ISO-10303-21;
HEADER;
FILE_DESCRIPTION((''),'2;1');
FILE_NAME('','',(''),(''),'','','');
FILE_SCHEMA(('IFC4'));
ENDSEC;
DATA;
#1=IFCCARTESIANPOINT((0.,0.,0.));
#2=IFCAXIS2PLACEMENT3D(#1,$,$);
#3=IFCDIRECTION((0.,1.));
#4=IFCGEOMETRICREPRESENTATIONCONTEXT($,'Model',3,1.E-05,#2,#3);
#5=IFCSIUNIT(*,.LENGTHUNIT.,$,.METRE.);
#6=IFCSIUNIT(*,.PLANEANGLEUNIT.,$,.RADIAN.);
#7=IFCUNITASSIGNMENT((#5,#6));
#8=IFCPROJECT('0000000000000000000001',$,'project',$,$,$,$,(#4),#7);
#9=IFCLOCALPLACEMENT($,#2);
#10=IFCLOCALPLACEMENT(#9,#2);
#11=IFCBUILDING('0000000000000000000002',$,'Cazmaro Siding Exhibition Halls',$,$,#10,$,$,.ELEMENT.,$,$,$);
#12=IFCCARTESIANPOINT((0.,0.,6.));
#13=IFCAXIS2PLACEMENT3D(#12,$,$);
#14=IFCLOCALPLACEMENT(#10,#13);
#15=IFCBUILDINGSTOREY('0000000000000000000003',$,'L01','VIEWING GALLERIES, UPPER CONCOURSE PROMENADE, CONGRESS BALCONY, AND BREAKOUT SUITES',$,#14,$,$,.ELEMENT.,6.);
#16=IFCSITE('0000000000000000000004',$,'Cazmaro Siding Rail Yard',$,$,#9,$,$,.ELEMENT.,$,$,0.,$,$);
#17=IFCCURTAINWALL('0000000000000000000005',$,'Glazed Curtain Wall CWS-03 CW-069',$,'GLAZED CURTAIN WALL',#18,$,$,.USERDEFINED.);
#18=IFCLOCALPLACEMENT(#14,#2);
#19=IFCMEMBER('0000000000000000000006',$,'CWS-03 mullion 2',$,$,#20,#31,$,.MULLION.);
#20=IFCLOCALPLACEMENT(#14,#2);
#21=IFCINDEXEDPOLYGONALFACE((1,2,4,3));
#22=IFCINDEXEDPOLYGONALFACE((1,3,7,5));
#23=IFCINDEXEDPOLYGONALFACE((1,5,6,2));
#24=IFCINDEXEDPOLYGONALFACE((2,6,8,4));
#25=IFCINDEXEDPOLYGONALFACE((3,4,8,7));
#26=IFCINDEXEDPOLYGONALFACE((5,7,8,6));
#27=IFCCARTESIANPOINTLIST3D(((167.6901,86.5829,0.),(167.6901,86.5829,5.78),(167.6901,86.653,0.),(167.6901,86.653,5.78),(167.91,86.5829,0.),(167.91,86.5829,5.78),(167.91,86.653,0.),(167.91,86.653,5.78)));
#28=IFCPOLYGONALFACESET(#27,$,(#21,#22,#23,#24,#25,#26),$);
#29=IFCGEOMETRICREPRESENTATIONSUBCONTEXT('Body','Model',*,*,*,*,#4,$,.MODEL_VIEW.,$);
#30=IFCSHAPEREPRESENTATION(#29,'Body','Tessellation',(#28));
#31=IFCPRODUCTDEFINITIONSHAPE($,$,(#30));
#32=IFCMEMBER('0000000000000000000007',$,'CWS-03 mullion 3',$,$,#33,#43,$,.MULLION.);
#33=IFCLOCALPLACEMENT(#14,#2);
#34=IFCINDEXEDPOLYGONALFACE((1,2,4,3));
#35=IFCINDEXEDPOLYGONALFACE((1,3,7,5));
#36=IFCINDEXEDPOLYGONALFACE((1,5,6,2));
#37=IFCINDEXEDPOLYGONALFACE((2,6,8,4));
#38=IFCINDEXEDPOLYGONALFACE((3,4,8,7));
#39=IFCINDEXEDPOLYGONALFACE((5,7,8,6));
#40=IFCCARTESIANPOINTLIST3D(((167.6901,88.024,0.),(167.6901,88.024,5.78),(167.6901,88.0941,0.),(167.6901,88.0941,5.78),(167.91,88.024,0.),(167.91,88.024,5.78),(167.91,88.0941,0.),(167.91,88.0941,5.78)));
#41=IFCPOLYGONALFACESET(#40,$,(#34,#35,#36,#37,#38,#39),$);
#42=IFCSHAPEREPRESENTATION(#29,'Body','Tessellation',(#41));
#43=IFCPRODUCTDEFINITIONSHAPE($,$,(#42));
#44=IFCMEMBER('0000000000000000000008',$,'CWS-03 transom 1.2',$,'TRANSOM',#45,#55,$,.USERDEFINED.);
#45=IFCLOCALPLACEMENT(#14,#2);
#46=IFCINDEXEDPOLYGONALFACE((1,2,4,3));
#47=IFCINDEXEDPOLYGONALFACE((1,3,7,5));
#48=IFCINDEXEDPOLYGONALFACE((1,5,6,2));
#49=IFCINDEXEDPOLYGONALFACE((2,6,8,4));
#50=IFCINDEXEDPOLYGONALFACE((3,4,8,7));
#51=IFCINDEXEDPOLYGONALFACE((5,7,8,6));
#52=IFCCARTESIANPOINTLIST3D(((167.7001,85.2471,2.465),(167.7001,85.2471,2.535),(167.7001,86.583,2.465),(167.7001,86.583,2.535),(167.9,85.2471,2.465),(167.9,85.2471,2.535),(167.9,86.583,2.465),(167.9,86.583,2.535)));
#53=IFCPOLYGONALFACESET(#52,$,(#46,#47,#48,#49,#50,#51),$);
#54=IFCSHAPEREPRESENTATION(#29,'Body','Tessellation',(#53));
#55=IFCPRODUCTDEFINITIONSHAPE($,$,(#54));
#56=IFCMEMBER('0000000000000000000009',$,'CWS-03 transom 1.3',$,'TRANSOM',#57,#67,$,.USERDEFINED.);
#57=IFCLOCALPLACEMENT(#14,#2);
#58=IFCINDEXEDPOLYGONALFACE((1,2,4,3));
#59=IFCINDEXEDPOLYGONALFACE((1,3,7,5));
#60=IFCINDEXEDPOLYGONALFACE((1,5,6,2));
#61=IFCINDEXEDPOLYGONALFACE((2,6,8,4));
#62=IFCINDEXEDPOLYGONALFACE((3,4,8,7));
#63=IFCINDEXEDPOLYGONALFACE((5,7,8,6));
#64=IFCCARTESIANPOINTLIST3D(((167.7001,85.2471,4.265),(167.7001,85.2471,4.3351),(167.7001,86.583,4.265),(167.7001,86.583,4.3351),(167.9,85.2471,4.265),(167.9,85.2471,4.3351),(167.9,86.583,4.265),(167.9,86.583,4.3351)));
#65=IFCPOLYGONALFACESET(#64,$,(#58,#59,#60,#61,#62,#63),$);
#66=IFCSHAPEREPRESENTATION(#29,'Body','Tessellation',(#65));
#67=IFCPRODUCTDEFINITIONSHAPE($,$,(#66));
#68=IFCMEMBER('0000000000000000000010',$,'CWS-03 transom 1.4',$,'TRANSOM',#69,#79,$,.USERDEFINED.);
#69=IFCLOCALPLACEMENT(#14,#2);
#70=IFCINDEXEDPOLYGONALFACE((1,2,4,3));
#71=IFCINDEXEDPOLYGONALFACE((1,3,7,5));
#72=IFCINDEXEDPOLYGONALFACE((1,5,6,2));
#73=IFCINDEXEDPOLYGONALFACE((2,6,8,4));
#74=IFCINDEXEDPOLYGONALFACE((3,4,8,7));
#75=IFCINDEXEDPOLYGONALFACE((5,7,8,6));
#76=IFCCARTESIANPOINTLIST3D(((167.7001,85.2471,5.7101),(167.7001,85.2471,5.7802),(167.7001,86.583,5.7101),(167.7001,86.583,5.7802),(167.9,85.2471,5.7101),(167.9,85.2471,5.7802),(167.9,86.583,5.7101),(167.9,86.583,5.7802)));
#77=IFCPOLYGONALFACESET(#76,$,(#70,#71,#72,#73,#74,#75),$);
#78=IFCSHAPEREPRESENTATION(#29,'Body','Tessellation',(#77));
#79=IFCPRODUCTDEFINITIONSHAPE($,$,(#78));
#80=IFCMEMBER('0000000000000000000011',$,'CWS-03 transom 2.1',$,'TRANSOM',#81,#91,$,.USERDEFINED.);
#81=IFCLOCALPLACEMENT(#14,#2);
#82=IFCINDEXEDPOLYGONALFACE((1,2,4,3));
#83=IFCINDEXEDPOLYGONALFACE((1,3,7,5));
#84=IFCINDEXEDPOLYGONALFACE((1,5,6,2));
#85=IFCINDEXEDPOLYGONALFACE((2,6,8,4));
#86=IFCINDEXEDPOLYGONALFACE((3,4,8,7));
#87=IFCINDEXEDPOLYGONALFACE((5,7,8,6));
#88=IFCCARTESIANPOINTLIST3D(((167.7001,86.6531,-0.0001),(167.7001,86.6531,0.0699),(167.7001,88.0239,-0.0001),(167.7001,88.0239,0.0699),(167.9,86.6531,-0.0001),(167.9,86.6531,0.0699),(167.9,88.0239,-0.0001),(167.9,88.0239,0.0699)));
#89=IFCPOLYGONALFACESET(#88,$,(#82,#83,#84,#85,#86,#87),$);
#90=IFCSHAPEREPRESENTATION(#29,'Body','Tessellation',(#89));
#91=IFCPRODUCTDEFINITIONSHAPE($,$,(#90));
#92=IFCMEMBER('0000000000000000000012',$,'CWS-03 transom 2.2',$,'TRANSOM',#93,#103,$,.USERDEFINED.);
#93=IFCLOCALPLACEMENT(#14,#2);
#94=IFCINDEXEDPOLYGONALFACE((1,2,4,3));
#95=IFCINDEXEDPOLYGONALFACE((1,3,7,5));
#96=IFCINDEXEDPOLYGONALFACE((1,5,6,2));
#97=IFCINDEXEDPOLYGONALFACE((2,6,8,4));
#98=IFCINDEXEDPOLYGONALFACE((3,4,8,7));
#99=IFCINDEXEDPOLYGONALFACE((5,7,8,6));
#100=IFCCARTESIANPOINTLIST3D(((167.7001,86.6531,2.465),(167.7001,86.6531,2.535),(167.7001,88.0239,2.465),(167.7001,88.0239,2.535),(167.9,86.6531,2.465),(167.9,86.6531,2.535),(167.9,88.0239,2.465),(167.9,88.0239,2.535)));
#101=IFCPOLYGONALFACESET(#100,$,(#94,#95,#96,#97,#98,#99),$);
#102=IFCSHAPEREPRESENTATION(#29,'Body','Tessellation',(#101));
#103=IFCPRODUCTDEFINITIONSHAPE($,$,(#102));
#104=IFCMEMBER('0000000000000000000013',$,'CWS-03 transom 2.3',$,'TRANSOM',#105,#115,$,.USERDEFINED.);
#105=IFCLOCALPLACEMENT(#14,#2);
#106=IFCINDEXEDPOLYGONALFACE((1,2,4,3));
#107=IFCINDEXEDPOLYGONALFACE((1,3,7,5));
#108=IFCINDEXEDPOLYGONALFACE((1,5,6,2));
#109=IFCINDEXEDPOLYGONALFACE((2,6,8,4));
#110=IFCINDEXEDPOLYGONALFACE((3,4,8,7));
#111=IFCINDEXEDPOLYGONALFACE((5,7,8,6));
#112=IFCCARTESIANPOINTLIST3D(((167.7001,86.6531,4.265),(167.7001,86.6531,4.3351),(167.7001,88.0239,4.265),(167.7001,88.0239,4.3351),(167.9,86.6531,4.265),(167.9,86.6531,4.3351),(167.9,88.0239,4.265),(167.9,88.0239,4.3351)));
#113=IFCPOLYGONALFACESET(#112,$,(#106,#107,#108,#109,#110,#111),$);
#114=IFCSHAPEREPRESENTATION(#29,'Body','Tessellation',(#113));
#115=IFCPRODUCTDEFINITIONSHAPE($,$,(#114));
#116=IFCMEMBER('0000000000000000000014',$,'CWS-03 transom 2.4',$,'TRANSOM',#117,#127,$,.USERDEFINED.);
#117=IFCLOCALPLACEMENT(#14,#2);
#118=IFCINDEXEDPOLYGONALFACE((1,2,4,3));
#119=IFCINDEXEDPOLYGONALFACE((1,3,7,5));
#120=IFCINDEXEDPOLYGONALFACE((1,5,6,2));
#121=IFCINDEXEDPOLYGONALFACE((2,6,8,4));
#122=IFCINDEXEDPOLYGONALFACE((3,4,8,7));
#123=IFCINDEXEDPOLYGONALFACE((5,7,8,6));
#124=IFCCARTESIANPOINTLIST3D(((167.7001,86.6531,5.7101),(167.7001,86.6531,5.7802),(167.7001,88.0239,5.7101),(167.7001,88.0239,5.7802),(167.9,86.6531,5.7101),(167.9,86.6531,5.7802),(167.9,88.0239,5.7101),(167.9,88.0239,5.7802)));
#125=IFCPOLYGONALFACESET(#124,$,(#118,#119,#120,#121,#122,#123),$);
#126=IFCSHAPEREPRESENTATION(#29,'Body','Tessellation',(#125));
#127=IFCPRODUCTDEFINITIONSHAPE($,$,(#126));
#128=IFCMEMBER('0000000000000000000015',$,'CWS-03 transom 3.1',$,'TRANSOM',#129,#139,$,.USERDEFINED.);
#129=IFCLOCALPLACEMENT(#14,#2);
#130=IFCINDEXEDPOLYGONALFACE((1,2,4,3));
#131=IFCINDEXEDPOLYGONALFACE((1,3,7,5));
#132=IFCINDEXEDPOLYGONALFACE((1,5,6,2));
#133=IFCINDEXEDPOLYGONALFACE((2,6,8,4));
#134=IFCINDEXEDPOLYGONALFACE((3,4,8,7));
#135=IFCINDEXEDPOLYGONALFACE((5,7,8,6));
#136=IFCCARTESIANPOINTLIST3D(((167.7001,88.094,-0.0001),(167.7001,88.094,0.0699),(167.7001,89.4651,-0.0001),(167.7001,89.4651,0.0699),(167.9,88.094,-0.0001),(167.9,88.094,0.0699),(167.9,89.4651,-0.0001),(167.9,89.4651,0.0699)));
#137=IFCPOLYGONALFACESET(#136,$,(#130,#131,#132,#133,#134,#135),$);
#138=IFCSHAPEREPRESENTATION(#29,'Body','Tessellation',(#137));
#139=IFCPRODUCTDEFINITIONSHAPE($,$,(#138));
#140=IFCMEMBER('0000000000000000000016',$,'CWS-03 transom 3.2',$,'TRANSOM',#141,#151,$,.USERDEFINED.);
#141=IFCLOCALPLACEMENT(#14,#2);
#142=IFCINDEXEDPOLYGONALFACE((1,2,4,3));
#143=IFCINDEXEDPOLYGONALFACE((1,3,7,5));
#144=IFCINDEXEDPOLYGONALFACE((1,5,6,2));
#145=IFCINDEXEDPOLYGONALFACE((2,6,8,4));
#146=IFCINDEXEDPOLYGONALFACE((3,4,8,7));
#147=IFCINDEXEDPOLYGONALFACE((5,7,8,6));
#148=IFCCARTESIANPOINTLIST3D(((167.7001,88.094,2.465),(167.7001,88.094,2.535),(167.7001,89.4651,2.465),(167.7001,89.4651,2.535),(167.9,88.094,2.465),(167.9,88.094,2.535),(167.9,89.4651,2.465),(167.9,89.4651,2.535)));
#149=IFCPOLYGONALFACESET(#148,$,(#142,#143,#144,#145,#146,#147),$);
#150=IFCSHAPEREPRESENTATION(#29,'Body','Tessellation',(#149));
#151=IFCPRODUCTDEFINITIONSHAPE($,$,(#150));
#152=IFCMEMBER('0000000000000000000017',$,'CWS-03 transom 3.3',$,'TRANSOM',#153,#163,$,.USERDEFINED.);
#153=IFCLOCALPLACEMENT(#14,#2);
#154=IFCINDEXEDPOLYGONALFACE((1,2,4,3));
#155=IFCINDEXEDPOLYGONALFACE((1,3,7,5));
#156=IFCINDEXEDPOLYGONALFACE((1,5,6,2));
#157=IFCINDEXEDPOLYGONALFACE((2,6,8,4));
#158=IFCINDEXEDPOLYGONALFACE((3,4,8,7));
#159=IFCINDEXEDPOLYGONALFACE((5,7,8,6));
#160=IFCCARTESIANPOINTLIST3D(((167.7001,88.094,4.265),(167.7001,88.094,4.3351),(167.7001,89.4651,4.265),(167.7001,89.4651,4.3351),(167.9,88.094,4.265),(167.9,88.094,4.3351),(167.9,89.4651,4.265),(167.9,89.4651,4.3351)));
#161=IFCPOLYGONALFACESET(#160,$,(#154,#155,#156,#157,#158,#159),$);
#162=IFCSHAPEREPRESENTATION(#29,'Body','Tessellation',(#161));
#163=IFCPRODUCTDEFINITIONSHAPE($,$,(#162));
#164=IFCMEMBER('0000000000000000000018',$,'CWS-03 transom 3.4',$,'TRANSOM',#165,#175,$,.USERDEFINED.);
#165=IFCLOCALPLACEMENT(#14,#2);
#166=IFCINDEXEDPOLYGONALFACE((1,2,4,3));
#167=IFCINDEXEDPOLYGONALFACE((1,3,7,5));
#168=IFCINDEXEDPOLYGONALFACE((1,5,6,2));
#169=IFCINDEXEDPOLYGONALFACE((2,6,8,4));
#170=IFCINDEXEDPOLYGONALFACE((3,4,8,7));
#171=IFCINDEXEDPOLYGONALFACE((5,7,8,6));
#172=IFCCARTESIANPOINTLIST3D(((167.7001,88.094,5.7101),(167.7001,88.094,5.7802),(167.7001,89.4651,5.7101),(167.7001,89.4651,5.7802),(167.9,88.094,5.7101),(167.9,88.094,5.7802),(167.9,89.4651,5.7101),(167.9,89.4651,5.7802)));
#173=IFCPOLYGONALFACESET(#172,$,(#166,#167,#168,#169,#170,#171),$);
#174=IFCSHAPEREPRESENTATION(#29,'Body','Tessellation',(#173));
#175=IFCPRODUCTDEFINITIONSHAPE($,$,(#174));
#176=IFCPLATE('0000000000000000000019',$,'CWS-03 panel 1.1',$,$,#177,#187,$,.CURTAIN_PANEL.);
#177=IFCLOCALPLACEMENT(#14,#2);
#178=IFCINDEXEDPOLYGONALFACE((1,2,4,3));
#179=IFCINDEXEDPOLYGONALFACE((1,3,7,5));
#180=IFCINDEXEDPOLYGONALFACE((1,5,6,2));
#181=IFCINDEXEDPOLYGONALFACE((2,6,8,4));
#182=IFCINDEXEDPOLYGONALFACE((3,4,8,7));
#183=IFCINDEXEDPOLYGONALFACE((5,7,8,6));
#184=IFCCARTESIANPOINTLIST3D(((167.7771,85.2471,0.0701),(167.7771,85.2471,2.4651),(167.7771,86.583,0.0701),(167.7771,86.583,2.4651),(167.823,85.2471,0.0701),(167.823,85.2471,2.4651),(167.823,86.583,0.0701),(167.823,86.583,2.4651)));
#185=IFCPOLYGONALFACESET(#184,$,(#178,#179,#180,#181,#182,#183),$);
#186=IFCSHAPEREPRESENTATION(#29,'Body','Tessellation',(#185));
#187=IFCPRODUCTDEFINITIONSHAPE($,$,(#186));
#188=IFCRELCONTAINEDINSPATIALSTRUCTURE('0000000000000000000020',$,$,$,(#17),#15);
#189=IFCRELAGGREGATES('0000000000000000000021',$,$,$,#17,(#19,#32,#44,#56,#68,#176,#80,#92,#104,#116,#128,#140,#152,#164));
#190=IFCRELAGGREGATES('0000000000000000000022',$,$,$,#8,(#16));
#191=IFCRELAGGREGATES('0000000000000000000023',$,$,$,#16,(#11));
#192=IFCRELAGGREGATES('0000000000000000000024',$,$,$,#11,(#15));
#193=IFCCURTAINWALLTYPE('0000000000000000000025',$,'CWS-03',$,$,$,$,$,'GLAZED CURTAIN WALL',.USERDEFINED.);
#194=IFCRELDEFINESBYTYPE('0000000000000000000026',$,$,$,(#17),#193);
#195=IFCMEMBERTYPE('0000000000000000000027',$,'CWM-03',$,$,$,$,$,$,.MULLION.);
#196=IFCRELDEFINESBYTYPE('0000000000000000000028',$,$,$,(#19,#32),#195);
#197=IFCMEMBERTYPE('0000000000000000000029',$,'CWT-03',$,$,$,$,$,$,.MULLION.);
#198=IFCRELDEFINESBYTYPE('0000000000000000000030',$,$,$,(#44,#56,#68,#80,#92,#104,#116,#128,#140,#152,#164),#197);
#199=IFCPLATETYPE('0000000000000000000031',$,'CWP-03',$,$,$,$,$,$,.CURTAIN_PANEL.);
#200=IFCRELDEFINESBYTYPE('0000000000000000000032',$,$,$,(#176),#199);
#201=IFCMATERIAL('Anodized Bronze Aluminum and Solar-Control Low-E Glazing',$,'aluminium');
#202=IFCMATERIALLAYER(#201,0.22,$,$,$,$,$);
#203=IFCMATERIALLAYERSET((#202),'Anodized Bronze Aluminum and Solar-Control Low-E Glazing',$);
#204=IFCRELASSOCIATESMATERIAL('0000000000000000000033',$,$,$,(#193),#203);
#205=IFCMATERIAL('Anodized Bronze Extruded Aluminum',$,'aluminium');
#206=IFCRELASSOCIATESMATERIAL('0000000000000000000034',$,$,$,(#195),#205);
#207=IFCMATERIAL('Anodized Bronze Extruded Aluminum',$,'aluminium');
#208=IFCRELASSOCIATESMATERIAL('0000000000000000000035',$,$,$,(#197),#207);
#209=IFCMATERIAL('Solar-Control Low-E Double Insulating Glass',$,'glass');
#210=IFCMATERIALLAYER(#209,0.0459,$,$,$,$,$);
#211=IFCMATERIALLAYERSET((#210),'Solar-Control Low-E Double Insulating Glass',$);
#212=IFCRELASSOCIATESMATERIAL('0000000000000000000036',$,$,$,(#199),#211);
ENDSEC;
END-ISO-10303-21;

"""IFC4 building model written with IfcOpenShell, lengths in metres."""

from ifc_helpers import new_model, si_unit, direction, frame, origin, origin_2d, place, context, subcontext, project, spatial, rectangle, extrude, material, layer, layer_set, material_profile, profile_set, type_object, element, aggregate, save


model = new_model("IFC4")

# Units and contexts
model_context = context("Model", 3, precision=1e-05, world=origin(), true_north=direction((0.0, 1.0)))
body_context = subcontext(model_context, "Body", "Model", "MODEL_VIEW")
ifc_project = project(units=[si_unit("LENGTHUNIT", "METRE"), si_unit("PLANEANGLEUNIT", "RADIAN")], contexts=[model_context])

# Site, building, storey
site_placement = place(None, origin())
site = spatial("IfcSite", under=ifc_project, at=site_placement, Name="Cazmaro Siding Rail Yard", CompositionType="ELEMENT", RefElevation=0.0)
building_placement = place(site_placement, origin())
building = spatial("IfcBuilding", under=site, at=building_placement, Name="Cazmaro Siding Exhibition Halls", CompositionType="ELEMENT")
storey_placement = place(building_placement, frame((0.0, 0.0, 6.0)))
storey = spatial("IfcBuildingStorey", under=building, at=storey_placement, Name="L01", Description="VIEWING GALLERIES, UPPER CONCOURSE PROMENADE, CONGRESS BALCONY, AND BREAKOUT SUITES", CompositionType="ELEMENT", Elevation=6.0)

# Curtain wall, members, plate
ifc_material_1 = material(Name="Anodized Bronze Aluminum and Solar-Control Low-E Glazing", Category="aluminium")
ifc_layer_1 = layer(ifc_material_1, 0.22)
ifc_layer_set_1 = layer_set([ifc_layer_1], Name="Anodized Bronze Aluminum and Solar-Control Low-E Glazing")
curtain_wall_type = type_object("IfcCurtainWallType", Name="CWS-03", ElementType="GLAZED CURTAIN WALL", PredefinedType="USERDEFINED", material=ifc_layer_set_1)
curtain_wall_placement = place(storey_placement, origin())
curtain_wall = element("IfcCurtainWall", 1, at=curtain_wall_placement, inside=storey, type_object=curtain_wall_type, Name="Glazed Curtain Wall CWS-03 CW-069", ObjectType="GLAZED CURTAIN WALL", PredefinedType="USERDEFINED")
ifc_material_2 = material(Name="Anodized Bronze Extruded Aluminum", Category="aluminium")
ifc_material_profile_1 = material_profile(ifc_material_2, rectangle(XDim=0.22, YDim=0.0701, at=origin_2d()), Name="CWM-03")
ifc_profile_set_1 = profile_set([ifc_material_profile_1], Name="Anodized Bronze Extruded Aluminum")
member_type_1 = type_object("IfcMemberType", Name="CWM-03", PredefinedType="MULLION", material=ifc_profile_set_1)
member_1_placement = place(storey_placement, frame((167.8, 86.6179, 0.0), z_axis=(0.0, 0.0, 1.0), x_axis=(-1.0, 0.0, 0.0)))
member_1 = element("IfcMember", 2, at=member_1_placement, type_object=member_type_1, Name="CWS-03 mullion 2", PredefinedType="MULLION", context=body_context, shape_type="SweptSolid", body=[
    extrude(rectangle(XDim=0.22, YDim=0.0701, at=origin_2d()), origin(), (0.0, 0.0, 1.0), 5.78),
])
member_2_placement = place(storey_placement, frame((167.8, 88.0591, 0.0), z_axis=(0.0, 0.0, 1.0), x_axis=(-1.0, 0.0, 0.0)))
member_2 = element("IfcMember", 3, at=member_2_placement, type_object=member_type_1, Name="CWS-03 mullion 3", PredefinedType="MULLION", context=body_context, shape_type="SweptSolid", body=[
    extrude(rectangle(XDim=0.22, YDim=0.0701, at=origin_2d()), origin(), (0.0, 0.0, 1.0), 5.78),
])
ifc_material_3 = material(Name="Anodized Bronze Extruded Aluminum", Category="aluminium")
ifc_material_profile_2 = material_profile(ifc_material_3, rectangle(XDim=0.2, YDim=0.0701, at=origin_2d()), Name="CWT-03")
ifc_profile_set_2 = profile_set([ifc_material_profile_2], Name="Anodized Bronze Extruded Aluminum")
member_type_2 = type_object("IfcMemberType", Name="CWT-03", PredefinedType="MULLION", material=ifc_profile_set_2)
member_3_placement = place(storey_placement, frame((167.8, 85.2471, 2.5), z_axis=(0.0, 1.0, 0.0), x_axis=(-1.0, 0.0, 0.0)))
member_3 = element("IfcMember", 4, at=member_3_placement, type_object=member_type_2, Name="CWS-03 transom 1.2", ObjectType="TRANSOM", PredefinedType="USERDEFINED", context=body_context, shape_type="SweptSolid", body=[
    extrude(rectangle(XDim=0.2, YDim=0.0701, at=origin_2d()), origin(), (0.0, 0.0, 1.0), 1.3359),
])
member_4_placement = place(storey_placement, frame((167.8, 85.2471, 4.3), z_axis=(0.0, 1.0, 0.0), x_axis=(-1.0, 0.0, 0.0)))
member_4 = element("IfcMember", 5, at=member_4_placement, type_object=member_type_2, Name="CWS-03 transom 1.3", ObjectType="TRANSOM", PredefinedType="USERDEFINED", context=body_context, shape_type="SweptSolid", body=[
    extrude(rectangle(XDim=0.2, YDim=0.0701, at=origin_2d()), origin(), (0.0, 0.0, 1.0), 1.3359),
])
member_5_placement = place(storey_placement, frame((167.8, 85.2471, 5.7451), z_axis=(0.0, 1.0, 0.0), x_axis=(-1.0, 0.0, 0.0)))
member_5 = element("IfcMember", 6, at=member_5_placement, type_object=member_type_2, Name="CWS-03 transom 1.4", ObjectType="TRANSOM", PredefinedType="USERDEFINED", context=body_context, shape_type="SweptSolid", body=[
    extrude(rectangle(XDim=0.2, YDim=0.0701, at=origin_2d()), origin(), (0.0, 0.0, 1.0), 1.3359),
])
member_6_placement = place(storey_placement, frame((167.8, 86.6531, 0.0349), z_axis=(0.0, 1.0, 0.0), x_axis=(-1.0, 0.0, 0.0)))
member_6 = element("IfcMember", 7, at=member_6_placement, type_object=member_type_2, Name="CWS-03 transom 2.1", ObjectType="TRANSOM", PredefinedType="USERDEFINED", context=body_context, shape_type="SweptSolid", body=[
    extrude(rectangle(XDim=0.2, YDim=0.0701, at=origin_2d()), origin(), (0.0, 0.0, 1.0), 1.3708),
])
member_7_placement = place(storey_placement, frame((167.8, 86.6531, 2.5), z_axis=(0.0, 1.0, 0.0), x_axis=(-1.0, 0.0, 0.0)))
member_7 = element("IfcMember", 8, at=member_7_placement, type_object=member_type_2, Name="CWS-03 transom 2.2", ObjectType="TRANSOM", PredefinedType="USERDEFINED", context=body_context, shape_type="SweptSolid", body=[
    extrude(rectangle(XDim=0.2, YDim=0.0701, at=origin_2d()), origin(), (0.0, 0.0, 1.0), 1.3708),
])
member_8_placement = place(storey_placement, frame((167.8, 86.6531, 4.3), z_axis=(0.0, 1.0, 0.0), x_axis=(-1.0, 0.0, 0.0)))
member_8 = element("IfcMember", 9, at=member_8_placement, type_object=member_type_2, Name="CWS-03 transom 2.3", ObjectType="TRANSOM", PredefinedType="USERDEFINED", context=body_context, shape_type="SweptSolid", body=[
    extrude(rectangle(XDim=0.2, YDim=0.0701, at=origin_2d()), origin(), (0.0, 0.0, 1.0), 1.3708),
])
member_9_placement = place(storey_placement, frame((167.8, 86.6531, 5.7451), z_axis=(0.0, 1.0, 0.0), x_axis=(-1.0, 0.0, 0.0)))
member_9 = element("IfcMember", 10, at=member_9_placement, type_object=member_type_2, Name="CWS-03 transom 2.4", ObjectType="TRANSOM", PredefinedType="USERDEFINED", context=body_context, shape_type="SweptSolid", body=[
    extrude(rectangle(XDim=0.2, YDim=0.0701, at=origin_2d()), origin(), (0.0, 0.0, 1.0), 1.3708),
])
member_10_placement = place(storey_placement, frame((167.8, 88.094, 0.0349), z_axis=(0.0, 1.0, 0.0), x_axis=(-1.0, 0.0, 0.0)))
member_10 = element("IfcMember", 11, at=member_10_placement, type_object=member_type_2, Name="CWS-03 transom 3.1", ObjectType="TRANSOM", PredefinedType="USERDEFINED", context=body_context, shape_type="SweptSolid", body=[
    extrude(rectangle(XDim=0.2, YDim=0.0701, at=origin_2d()), origin(), (0.0, 0.0, 1.0), 1.3711),
])
member_11_placement = place(storey_placement, frame((167.8, 88.094, 2.5), z_axis=(0.0, 1.0, 0.0), x_axis=(-1.0, 0.0, 0.0)))
member_11 = element("IfcMember", 12, at=member_11_placement, type_object=member_type_2, Name="CWS-03 transom 3.2", ObjectType="TRANSOM", PredefinedType="USERDEFINED", context=body_context, shape_type="SweptSolid", body=[
    extrude(rectangle(XDim=0.2, YDim=0.0701, at=origin_2d()), origin(), (0.0, 0.0, 1.0), 1.3711),
])
member_12_placement = place(storey_placement, frame((167.8, 88.094, 4.3), z_axis=(0.0, 1.0, 0.0), x_axis=(-1.0, 0.0, 0.0)))
member_12 = element("IfcMember", 13, at=member_12_placement, type_object=member_type_2, Name="CWS-03 transom 3.3", ObjectType="TRANSOM", PredefinedType="USERDEFINED", context=body_context, shape_type="SweptSolid", body=[
    extrude(rectangle(XDim=0.2, YDim=0.0701, at=origin_2d()), origin(), (0.0, 0.0, 1.0), 1.3711),
])
member_13_placement = place(storey_placement, frame((167.8, 88.094, 5.7451), z_axis=(0.0, 1.0, 0.0), x_axis=(-1.0, 0.0, 0.0)))
member_13 = element("IfcMember", 14, at=member_13_placement, type_object=member_type_2, Name="CWS-03 transom 3.4", ObjectType="TRANSOM", PredefinedType="USERDEFINED", context=body_context, shape_type="SweptSolid", body=[
    extrude(rectangle(XDim=0.2, YDim=0.0701, at=origin_2d()), origin(), (0.0, 0.0, 1.0), 1.3711),
])
ifc_material_4 = material(Name="Solar-Control Low-E Double Insulating Glass", Category="glass")
ifc_layer_2 = layer(ifc_material_4, 0.0459)
ifc_layer_set_2 = layer_set([ifc_layer_2], Name="Solar-Control Low-E Double Insulating Glass")
plate_type = type_object("IfcPlateType", Name="CWP-03", PredefinedType="CURTAIN_PANEL", material=ifc_layer_set_2)
plate_1_placement = place(storey_placement, frame((167.8, 85.915, 0.0701), z_axis=(0.0, 0.0, 1.0), x_axis=(0.0, 1.0, 0.0)))
plate_1 = element("IfcPlate", 15, at=plate_1_placement, type_object=plate_type, Name="CWS-03 panel 1.1", PredefinedType="CURTAIN_PANEL", context=body_context, shape_type="SweptSolid", body=[
    extrude(rectangle(XDim=1.3359, YDim=0.0459, at=origin_2d()), origin(), (0.0, 0.0, 1.0), 2.395),
])
aggregate(curtain_wall, [member_1, member_2, member_3, member_4, member_5, plate_1, member_6, member_7, member_8, member_9, member_10, member_11, member_12, member_13])

save(model, "model.ifc")
